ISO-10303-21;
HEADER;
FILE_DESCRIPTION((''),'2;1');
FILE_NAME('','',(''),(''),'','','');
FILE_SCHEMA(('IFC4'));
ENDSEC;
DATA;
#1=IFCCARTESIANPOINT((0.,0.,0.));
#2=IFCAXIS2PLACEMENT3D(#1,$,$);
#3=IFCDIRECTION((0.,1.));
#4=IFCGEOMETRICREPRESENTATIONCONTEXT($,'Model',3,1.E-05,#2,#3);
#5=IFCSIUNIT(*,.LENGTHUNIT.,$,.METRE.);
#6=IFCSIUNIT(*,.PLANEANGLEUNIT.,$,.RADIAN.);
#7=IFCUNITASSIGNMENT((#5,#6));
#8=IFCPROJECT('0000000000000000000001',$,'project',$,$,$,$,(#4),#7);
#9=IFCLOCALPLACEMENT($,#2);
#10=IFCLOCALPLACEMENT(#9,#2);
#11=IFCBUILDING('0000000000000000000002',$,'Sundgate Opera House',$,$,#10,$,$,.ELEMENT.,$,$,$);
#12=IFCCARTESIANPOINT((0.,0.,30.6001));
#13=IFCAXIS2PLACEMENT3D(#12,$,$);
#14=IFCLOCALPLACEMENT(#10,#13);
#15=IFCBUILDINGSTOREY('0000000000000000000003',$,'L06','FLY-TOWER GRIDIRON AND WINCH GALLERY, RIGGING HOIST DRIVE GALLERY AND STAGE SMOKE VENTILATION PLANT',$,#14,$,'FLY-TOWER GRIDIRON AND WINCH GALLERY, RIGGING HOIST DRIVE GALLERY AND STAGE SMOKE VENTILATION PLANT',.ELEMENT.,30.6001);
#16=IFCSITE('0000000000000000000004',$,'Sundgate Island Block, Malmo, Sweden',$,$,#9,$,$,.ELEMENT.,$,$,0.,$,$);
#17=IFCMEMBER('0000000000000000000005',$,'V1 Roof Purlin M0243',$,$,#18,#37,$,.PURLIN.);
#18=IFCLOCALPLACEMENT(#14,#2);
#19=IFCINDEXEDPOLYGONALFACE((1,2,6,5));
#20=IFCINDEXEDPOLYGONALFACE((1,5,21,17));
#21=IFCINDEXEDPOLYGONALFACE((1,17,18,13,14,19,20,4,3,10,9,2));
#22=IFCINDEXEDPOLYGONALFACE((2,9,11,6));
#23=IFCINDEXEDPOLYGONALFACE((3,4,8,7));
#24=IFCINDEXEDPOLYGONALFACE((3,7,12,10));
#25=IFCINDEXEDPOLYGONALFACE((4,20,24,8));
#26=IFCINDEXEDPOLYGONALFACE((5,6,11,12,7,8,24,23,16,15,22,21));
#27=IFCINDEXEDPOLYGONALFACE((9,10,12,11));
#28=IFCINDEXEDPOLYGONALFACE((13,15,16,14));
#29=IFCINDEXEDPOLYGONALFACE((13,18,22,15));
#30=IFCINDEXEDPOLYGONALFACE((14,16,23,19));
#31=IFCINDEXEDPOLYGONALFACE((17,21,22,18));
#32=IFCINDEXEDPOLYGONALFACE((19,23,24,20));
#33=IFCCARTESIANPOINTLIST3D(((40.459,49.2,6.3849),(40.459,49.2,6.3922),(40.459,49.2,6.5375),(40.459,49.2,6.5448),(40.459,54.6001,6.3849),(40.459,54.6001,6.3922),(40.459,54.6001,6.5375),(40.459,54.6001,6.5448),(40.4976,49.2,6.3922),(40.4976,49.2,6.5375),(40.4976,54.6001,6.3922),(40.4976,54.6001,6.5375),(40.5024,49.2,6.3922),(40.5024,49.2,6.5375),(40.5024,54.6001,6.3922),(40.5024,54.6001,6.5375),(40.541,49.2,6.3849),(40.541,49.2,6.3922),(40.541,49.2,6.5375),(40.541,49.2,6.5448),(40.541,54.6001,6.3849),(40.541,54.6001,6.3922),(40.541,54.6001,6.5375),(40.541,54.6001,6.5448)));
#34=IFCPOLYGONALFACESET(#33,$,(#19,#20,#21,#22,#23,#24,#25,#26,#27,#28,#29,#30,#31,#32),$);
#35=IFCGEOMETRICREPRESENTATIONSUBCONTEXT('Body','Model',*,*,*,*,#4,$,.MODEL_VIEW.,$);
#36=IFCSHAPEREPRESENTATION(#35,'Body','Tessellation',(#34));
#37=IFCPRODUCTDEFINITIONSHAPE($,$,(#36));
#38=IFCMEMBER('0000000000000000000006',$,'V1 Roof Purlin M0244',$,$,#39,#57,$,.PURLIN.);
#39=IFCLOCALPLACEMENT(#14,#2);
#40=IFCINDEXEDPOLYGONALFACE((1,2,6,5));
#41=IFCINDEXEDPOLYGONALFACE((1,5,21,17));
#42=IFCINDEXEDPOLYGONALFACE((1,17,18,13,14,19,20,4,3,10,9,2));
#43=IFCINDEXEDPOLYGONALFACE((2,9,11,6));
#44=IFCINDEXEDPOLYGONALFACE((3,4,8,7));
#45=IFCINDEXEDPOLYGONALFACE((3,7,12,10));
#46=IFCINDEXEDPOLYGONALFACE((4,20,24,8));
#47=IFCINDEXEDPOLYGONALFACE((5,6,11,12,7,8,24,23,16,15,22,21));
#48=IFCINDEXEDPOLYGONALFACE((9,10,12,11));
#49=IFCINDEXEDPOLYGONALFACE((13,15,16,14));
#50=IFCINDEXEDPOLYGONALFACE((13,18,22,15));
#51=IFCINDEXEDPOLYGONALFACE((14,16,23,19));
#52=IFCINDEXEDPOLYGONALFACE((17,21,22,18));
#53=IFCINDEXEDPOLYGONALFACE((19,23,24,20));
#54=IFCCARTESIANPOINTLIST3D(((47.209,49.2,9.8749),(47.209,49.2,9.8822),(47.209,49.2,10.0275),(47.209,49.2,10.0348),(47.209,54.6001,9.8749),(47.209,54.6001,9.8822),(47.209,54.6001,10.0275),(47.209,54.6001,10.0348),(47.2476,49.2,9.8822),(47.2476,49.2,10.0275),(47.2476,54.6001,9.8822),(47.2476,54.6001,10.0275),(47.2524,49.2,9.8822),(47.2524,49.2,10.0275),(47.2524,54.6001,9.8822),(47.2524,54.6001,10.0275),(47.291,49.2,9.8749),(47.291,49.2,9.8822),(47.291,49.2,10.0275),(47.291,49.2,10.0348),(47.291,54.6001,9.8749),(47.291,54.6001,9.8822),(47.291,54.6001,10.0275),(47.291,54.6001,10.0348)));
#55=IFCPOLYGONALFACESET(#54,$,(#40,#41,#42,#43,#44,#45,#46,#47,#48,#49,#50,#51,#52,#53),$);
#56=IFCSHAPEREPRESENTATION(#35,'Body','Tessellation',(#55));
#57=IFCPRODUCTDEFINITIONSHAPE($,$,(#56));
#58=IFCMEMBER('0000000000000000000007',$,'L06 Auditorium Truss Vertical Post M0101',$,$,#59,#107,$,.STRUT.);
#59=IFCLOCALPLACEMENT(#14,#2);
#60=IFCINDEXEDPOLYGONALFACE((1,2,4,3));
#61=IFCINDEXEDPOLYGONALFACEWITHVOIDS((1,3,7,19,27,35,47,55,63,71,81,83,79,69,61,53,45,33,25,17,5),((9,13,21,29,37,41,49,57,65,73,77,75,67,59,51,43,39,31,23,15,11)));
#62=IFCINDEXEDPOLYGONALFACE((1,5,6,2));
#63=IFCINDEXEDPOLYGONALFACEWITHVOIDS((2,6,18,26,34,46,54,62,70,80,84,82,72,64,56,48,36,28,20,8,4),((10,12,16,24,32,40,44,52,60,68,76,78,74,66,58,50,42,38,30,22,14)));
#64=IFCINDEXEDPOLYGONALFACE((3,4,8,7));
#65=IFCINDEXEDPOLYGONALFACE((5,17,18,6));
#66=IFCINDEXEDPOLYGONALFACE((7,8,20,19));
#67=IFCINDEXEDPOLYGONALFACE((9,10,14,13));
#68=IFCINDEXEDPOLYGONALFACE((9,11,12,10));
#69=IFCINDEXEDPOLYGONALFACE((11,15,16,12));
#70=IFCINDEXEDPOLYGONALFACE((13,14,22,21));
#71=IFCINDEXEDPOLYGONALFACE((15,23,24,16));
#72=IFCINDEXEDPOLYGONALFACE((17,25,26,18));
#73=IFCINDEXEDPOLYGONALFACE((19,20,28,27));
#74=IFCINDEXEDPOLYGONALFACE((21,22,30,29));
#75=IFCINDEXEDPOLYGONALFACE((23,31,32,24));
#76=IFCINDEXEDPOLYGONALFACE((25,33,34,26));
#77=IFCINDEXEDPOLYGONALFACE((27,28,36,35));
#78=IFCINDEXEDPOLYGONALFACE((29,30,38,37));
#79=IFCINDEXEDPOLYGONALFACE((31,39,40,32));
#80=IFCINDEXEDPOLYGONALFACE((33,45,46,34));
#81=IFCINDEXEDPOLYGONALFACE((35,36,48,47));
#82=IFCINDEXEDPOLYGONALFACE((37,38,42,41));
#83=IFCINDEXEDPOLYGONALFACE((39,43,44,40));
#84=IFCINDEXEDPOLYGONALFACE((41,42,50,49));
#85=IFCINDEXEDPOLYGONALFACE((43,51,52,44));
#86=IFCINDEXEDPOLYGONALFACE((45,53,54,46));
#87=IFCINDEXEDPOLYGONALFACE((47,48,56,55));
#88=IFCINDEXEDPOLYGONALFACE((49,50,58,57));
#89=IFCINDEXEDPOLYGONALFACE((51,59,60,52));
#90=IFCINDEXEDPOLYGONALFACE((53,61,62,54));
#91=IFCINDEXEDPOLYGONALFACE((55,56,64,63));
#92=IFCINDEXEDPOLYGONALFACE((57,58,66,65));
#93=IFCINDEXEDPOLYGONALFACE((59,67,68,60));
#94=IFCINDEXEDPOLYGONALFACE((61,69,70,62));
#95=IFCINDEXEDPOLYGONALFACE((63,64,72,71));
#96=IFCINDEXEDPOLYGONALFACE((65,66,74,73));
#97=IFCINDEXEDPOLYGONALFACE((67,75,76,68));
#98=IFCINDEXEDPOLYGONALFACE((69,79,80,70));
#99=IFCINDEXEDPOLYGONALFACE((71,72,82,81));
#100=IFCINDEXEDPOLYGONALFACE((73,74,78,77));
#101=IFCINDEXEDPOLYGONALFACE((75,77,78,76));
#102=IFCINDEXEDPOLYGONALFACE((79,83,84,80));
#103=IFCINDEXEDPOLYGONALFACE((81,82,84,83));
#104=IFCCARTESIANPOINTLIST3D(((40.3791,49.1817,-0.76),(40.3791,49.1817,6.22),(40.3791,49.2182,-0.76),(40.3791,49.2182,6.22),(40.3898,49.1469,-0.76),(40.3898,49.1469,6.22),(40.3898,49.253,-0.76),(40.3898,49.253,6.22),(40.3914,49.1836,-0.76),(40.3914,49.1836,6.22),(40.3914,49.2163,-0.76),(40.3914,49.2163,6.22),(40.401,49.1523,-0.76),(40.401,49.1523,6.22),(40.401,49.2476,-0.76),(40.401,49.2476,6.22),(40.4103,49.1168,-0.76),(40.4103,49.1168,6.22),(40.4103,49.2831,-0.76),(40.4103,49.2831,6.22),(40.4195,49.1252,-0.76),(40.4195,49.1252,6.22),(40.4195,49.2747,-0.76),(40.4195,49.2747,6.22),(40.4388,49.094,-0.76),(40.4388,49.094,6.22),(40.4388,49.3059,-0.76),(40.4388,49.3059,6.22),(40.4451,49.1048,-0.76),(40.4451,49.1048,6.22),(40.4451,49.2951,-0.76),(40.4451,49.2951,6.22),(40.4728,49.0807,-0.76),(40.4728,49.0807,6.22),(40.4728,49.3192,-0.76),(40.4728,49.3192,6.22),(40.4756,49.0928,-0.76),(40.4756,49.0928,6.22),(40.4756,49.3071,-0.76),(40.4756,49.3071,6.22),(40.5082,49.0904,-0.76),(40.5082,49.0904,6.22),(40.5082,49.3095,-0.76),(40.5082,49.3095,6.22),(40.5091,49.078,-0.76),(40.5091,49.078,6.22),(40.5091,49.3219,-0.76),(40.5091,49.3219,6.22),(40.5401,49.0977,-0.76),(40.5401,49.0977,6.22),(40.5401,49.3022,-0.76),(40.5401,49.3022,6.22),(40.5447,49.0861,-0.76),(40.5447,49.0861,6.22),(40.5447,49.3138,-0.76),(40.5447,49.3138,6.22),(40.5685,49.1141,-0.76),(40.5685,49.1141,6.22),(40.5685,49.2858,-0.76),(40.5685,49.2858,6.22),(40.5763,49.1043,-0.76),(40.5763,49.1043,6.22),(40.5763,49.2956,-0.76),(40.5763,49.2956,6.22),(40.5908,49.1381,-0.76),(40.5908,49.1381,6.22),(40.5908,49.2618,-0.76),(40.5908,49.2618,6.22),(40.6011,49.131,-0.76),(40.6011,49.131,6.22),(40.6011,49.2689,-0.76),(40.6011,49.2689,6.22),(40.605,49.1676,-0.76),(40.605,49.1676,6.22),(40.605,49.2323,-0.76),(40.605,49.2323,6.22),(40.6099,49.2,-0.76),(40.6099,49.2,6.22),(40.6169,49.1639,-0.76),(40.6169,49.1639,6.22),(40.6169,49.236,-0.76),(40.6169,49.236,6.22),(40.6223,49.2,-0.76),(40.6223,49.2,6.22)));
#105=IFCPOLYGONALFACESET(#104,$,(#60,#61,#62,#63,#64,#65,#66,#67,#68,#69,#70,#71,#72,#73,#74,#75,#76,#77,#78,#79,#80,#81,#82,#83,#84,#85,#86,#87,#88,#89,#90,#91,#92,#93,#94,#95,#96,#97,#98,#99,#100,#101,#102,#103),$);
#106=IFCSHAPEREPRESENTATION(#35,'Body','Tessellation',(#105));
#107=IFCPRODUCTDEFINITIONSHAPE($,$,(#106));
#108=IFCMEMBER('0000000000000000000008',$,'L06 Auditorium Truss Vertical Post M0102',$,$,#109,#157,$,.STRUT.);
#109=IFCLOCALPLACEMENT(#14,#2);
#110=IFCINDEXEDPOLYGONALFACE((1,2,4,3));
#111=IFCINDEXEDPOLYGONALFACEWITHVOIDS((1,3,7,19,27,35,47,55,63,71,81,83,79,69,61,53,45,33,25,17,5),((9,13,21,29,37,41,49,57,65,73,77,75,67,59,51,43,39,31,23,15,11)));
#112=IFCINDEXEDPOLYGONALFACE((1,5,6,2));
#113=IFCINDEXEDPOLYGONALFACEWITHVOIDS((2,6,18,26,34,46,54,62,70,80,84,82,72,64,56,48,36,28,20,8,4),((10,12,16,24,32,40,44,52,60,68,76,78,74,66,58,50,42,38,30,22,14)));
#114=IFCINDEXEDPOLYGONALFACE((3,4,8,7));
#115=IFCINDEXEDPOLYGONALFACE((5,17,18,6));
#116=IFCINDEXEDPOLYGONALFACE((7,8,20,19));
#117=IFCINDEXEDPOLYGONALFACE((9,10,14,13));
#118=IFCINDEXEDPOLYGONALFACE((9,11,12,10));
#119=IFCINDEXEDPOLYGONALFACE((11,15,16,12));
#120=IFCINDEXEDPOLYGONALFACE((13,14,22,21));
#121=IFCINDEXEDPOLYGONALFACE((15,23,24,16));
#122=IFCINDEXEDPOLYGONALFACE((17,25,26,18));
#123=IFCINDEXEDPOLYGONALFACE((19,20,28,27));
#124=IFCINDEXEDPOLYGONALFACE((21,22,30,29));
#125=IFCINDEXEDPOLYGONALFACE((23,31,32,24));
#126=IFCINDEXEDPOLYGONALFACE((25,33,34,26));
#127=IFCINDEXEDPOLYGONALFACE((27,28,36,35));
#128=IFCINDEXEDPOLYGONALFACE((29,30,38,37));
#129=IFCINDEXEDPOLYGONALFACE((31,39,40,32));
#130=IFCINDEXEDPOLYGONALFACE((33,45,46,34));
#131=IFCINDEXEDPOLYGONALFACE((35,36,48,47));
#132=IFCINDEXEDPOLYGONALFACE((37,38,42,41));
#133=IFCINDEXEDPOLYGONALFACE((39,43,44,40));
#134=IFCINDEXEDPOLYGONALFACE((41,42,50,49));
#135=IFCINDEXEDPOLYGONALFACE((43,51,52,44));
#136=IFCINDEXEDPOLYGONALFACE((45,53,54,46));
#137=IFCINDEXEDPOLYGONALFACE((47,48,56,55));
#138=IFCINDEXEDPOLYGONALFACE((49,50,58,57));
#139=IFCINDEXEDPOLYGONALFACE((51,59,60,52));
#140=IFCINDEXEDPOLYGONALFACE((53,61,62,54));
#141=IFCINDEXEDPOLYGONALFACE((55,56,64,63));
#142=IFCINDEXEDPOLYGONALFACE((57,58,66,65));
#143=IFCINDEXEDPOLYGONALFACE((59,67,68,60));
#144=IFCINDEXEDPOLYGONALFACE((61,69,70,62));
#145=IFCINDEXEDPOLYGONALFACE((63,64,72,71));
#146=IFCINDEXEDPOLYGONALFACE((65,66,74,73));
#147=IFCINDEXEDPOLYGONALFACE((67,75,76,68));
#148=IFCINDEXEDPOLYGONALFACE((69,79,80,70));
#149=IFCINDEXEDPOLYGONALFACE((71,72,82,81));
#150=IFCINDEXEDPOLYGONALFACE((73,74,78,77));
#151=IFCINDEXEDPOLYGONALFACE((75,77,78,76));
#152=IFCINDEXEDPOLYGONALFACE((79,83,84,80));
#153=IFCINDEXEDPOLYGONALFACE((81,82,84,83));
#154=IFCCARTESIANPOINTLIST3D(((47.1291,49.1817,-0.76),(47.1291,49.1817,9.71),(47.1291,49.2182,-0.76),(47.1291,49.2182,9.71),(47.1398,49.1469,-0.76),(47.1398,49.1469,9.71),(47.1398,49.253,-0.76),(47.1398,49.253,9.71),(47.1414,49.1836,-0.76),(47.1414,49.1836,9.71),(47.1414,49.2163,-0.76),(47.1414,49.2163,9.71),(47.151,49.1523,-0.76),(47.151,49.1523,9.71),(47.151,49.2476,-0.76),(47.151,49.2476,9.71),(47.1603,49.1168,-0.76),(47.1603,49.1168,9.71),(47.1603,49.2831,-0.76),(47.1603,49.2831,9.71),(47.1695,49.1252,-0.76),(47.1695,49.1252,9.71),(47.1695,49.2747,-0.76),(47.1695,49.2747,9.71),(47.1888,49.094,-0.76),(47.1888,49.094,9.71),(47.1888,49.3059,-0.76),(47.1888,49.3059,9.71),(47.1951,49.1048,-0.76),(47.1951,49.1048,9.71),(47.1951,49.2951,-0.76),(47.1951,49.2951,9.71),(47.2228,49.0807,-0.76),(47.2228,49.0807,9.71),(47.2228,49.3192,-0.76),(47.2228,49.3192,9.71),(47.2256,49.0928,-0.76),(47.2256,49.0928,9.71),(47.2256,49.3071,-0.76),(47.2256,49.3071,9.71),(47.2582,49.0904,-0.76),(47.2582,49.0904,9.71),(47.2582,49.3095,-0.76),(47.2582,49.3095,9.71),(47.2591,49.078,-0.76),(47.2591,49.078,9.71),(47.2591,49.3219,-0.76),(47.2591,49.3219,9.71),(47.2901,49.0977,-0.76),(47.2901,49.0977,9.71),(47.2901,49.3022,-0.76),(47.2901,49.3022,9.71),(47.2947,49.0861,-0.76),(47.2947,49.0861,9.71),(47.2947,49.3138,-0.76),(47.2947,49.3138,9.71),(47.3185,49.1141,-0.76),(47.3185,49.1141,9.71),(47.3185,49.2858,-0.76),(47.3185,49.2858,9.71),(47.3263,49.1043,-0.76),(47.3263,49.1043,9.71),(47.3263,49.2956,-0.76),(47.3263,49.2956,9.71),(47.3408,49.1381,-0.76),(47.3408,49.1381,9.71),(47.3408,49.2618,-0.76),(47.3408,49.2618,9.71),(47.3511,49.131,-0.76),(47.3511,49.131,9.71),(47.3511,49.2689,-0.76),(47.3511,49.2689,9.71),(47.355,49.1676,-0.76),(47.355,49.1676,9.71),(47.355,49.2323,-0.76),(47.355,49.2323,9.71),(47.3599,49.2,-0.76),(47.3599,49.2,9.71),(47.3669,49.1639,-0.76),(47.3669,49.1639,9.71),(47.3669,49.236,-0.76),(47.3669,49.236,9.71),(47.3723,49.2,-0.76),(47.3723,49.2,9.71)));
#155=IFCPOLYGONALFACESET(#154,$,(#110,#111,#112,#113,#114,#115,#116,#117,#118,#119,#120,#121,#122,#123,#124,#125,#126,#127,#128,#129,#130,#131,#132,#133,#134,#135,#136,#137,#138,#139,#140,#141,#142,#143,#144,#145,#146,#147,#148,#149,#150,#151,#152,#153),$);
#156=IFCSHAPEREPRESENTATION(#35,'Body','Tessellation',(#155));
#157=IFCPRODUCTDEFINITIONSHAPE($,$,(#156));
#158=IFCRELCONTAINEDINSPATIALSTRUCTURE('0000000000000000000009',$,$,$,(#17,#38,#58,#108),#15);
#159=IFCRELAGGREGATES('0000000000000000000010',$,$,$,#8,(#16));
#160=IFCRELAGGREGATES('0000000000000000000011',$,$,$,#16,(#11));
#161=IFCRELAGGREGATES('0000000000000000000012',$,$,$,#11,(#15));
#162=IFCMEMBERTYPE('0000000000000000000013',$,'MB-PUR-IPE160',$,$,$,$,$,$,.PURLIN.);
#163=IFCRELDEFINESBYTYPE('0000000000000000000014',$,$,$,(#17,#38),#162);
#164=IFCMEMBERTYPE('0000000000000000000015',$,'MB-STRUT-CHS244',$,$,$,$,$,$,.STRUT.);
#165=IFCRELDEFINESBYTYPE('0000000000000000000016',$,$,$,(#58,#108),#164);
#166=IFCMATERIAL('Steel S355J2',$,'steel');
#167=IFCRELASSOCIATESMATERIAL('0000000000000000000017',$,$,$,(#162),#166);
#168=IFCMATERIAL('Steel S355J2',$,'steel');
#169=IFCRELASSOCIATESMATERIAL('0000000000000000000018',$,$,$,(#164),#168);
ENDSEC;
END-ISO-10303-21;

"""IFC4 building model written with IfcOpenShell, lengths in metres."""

from ifc_helpers import new_model, si_unit, direction, frame, origin, origin_2d, place, context, subcontext, project, spatial, hollow_circle, i_section, extrude, material, material_profile, profile_set, type_object, element, save


model = new_model("IFC4")

# Units and contexts
model_context = context("Model", 3, precision=1e-05, world=origin(), true_north=direction((0.0, 1.0)))
body_context = subcontext(model_context, "Body", "Model", "MODEL_VIEW")
ifc_project = project(units=[si_unit("LENGTHUNIT", "METRE"), si_unit("PLANEANGLEUNIT", "RADIAN")], contexts=[model_context])

# Site, building, storey
site_placement = place(None, origin())
site = spatial("IfcSite", under=ifc_project, at=site_placement, Name="Sundgate Island Block, Malmo, Sweden", CompositionType="ELEMENT", RefElevation=0.0)
building_placement = place(site_placement, origin())
building = spatial("IfcBuilding", under=site, at=building_placement, Name="Sundgate Opera House", CompositionType="ELEMENT")
storey_placement = place(building_placement, frame((0.0, 0.0, 30.6001)))
storey = spatial("IfcBuildingStorey", under=building, at=storey_placement, Name="L06", Description="FLY-TOWER GRIDIRON AND WINCH GALLERY, RIGGING HOIST DRIVE GALLERY AND STAGE SMOKE VENTILATION PLANT", LongName="FLY-TOWER GRIDIRON AND WINCH GALLERY, RIGGING HOIST DRIVE GALLERY AND STAGE SMOKE VENTILATION PLANT", CompositionType="ELEMENT", Elevation=30.6001)

# Members
ifc_material_1 = material(Name="Steel S355J2", Category="steel")
ifc_material_profile_1 = material_profile(ifc_material_1, i_section(OverallWidth=0.082, OverallDepth=0.1599, WebThickness=0.0049, FlangeThickness=0.0073, at=origin_2d()), Name="IPE 160")
ifc_profile_set_1 = profile_set([ifc_material_profile_1], Name="Steel S355J2")
member_type_1 = type_object("IfcMemberType", Name="MB-PUR-IPE160", PredefinedType="PURLIN", material=ifc_profile_set_1)
for number, where, z_axis, x_axis, name in (
    (1, (40.5, 49.2, 6.4648), (0.0, 1.0, 0.0), (-1.0, 0.0, 0.0), "V1 Roof Purlin M0243"),
    (2, (47.25, 49.2, 9.9548), (0.0, 1.0, 0.0), (-1.0, 0.0, 0.0), "V1 Roof Purlin M0244"),
):
    element("IfcMember", number, at=place(storey_placement, frame(where, z_axis=z_axis, x_axis=x_axis)), inside=storey, type_object=member_type_1, Name=name, PredefinedType="PURLIN", context=body_context, shape_type="SweptSolid", body=[
        extrude(i_section(OverallWidth=0.082, OverallDepth=0.1599, WebThickness=0.0049, FlangeThickness=0.0073, at=origin_2d()), origin(), (0.0, 0.0, 1.0), 5.4001),
    ])
ifc_material_2 = material(Name="Steel S355J2", Category="steel")
ifc_material_profile_2 = material_profile(ifc_material_2, hollow_circle(Radius=0.1223, WallThickness=0.0125, at=origin_2d()), Name="CHS 244.5x12.5")
ifc_profile_set_2 = profile_set([ifc_material_profile_2], Name="Steel S355J2")
member_type_2 = type_object("IfcMemberType", Name="MB-STRUT-CHS244", PredefinedType="STRUT", material=ifc_profile_set_2)
member_1_placement = place(storey_placement, frame((40.5, 49.2, -0.76), z_axis=(0.0, 0.0, 1.0), x_axis=(1.0, 0.0, 0.0)))
element("IfcMember", 3, at=member_1_placement, inside=storey, type_object=member_type_2, Name="L06 Auditorium Truss Vertical Post M0101", PredefinedType="STRUT", context=body_context, shape_type="SweptSolid", body=[
    extrude(hollow_circle(Radius=0.1223, WallThickness=0.0125, at=origin_2d()), origin(), (0.0, 0.0, 1.0), 6.98),
])
member_2_placement = place(storey_placement, frame((47.25, 49.2, -0.76), z_axis=(0.0, 0.0, 1.0), x_axis=(1.0, 0.0, 0.0)))
element("IfcMember", 4, at=member_2_placement, inside=storey, type_object=member_type_2, Name="L06 Auditorium Truss Vertical Post M0102", PredefinedType="STRUT", context=body_context, shape_type="SweptSolid", body=[
    extrude(hollow_circle(Radius=0.1223, WallThickness=0.0125, at=origin_2d()), origin(), (0.0, 0.0, 1.0), 10.47),
])

save(model, "model.ifc")
